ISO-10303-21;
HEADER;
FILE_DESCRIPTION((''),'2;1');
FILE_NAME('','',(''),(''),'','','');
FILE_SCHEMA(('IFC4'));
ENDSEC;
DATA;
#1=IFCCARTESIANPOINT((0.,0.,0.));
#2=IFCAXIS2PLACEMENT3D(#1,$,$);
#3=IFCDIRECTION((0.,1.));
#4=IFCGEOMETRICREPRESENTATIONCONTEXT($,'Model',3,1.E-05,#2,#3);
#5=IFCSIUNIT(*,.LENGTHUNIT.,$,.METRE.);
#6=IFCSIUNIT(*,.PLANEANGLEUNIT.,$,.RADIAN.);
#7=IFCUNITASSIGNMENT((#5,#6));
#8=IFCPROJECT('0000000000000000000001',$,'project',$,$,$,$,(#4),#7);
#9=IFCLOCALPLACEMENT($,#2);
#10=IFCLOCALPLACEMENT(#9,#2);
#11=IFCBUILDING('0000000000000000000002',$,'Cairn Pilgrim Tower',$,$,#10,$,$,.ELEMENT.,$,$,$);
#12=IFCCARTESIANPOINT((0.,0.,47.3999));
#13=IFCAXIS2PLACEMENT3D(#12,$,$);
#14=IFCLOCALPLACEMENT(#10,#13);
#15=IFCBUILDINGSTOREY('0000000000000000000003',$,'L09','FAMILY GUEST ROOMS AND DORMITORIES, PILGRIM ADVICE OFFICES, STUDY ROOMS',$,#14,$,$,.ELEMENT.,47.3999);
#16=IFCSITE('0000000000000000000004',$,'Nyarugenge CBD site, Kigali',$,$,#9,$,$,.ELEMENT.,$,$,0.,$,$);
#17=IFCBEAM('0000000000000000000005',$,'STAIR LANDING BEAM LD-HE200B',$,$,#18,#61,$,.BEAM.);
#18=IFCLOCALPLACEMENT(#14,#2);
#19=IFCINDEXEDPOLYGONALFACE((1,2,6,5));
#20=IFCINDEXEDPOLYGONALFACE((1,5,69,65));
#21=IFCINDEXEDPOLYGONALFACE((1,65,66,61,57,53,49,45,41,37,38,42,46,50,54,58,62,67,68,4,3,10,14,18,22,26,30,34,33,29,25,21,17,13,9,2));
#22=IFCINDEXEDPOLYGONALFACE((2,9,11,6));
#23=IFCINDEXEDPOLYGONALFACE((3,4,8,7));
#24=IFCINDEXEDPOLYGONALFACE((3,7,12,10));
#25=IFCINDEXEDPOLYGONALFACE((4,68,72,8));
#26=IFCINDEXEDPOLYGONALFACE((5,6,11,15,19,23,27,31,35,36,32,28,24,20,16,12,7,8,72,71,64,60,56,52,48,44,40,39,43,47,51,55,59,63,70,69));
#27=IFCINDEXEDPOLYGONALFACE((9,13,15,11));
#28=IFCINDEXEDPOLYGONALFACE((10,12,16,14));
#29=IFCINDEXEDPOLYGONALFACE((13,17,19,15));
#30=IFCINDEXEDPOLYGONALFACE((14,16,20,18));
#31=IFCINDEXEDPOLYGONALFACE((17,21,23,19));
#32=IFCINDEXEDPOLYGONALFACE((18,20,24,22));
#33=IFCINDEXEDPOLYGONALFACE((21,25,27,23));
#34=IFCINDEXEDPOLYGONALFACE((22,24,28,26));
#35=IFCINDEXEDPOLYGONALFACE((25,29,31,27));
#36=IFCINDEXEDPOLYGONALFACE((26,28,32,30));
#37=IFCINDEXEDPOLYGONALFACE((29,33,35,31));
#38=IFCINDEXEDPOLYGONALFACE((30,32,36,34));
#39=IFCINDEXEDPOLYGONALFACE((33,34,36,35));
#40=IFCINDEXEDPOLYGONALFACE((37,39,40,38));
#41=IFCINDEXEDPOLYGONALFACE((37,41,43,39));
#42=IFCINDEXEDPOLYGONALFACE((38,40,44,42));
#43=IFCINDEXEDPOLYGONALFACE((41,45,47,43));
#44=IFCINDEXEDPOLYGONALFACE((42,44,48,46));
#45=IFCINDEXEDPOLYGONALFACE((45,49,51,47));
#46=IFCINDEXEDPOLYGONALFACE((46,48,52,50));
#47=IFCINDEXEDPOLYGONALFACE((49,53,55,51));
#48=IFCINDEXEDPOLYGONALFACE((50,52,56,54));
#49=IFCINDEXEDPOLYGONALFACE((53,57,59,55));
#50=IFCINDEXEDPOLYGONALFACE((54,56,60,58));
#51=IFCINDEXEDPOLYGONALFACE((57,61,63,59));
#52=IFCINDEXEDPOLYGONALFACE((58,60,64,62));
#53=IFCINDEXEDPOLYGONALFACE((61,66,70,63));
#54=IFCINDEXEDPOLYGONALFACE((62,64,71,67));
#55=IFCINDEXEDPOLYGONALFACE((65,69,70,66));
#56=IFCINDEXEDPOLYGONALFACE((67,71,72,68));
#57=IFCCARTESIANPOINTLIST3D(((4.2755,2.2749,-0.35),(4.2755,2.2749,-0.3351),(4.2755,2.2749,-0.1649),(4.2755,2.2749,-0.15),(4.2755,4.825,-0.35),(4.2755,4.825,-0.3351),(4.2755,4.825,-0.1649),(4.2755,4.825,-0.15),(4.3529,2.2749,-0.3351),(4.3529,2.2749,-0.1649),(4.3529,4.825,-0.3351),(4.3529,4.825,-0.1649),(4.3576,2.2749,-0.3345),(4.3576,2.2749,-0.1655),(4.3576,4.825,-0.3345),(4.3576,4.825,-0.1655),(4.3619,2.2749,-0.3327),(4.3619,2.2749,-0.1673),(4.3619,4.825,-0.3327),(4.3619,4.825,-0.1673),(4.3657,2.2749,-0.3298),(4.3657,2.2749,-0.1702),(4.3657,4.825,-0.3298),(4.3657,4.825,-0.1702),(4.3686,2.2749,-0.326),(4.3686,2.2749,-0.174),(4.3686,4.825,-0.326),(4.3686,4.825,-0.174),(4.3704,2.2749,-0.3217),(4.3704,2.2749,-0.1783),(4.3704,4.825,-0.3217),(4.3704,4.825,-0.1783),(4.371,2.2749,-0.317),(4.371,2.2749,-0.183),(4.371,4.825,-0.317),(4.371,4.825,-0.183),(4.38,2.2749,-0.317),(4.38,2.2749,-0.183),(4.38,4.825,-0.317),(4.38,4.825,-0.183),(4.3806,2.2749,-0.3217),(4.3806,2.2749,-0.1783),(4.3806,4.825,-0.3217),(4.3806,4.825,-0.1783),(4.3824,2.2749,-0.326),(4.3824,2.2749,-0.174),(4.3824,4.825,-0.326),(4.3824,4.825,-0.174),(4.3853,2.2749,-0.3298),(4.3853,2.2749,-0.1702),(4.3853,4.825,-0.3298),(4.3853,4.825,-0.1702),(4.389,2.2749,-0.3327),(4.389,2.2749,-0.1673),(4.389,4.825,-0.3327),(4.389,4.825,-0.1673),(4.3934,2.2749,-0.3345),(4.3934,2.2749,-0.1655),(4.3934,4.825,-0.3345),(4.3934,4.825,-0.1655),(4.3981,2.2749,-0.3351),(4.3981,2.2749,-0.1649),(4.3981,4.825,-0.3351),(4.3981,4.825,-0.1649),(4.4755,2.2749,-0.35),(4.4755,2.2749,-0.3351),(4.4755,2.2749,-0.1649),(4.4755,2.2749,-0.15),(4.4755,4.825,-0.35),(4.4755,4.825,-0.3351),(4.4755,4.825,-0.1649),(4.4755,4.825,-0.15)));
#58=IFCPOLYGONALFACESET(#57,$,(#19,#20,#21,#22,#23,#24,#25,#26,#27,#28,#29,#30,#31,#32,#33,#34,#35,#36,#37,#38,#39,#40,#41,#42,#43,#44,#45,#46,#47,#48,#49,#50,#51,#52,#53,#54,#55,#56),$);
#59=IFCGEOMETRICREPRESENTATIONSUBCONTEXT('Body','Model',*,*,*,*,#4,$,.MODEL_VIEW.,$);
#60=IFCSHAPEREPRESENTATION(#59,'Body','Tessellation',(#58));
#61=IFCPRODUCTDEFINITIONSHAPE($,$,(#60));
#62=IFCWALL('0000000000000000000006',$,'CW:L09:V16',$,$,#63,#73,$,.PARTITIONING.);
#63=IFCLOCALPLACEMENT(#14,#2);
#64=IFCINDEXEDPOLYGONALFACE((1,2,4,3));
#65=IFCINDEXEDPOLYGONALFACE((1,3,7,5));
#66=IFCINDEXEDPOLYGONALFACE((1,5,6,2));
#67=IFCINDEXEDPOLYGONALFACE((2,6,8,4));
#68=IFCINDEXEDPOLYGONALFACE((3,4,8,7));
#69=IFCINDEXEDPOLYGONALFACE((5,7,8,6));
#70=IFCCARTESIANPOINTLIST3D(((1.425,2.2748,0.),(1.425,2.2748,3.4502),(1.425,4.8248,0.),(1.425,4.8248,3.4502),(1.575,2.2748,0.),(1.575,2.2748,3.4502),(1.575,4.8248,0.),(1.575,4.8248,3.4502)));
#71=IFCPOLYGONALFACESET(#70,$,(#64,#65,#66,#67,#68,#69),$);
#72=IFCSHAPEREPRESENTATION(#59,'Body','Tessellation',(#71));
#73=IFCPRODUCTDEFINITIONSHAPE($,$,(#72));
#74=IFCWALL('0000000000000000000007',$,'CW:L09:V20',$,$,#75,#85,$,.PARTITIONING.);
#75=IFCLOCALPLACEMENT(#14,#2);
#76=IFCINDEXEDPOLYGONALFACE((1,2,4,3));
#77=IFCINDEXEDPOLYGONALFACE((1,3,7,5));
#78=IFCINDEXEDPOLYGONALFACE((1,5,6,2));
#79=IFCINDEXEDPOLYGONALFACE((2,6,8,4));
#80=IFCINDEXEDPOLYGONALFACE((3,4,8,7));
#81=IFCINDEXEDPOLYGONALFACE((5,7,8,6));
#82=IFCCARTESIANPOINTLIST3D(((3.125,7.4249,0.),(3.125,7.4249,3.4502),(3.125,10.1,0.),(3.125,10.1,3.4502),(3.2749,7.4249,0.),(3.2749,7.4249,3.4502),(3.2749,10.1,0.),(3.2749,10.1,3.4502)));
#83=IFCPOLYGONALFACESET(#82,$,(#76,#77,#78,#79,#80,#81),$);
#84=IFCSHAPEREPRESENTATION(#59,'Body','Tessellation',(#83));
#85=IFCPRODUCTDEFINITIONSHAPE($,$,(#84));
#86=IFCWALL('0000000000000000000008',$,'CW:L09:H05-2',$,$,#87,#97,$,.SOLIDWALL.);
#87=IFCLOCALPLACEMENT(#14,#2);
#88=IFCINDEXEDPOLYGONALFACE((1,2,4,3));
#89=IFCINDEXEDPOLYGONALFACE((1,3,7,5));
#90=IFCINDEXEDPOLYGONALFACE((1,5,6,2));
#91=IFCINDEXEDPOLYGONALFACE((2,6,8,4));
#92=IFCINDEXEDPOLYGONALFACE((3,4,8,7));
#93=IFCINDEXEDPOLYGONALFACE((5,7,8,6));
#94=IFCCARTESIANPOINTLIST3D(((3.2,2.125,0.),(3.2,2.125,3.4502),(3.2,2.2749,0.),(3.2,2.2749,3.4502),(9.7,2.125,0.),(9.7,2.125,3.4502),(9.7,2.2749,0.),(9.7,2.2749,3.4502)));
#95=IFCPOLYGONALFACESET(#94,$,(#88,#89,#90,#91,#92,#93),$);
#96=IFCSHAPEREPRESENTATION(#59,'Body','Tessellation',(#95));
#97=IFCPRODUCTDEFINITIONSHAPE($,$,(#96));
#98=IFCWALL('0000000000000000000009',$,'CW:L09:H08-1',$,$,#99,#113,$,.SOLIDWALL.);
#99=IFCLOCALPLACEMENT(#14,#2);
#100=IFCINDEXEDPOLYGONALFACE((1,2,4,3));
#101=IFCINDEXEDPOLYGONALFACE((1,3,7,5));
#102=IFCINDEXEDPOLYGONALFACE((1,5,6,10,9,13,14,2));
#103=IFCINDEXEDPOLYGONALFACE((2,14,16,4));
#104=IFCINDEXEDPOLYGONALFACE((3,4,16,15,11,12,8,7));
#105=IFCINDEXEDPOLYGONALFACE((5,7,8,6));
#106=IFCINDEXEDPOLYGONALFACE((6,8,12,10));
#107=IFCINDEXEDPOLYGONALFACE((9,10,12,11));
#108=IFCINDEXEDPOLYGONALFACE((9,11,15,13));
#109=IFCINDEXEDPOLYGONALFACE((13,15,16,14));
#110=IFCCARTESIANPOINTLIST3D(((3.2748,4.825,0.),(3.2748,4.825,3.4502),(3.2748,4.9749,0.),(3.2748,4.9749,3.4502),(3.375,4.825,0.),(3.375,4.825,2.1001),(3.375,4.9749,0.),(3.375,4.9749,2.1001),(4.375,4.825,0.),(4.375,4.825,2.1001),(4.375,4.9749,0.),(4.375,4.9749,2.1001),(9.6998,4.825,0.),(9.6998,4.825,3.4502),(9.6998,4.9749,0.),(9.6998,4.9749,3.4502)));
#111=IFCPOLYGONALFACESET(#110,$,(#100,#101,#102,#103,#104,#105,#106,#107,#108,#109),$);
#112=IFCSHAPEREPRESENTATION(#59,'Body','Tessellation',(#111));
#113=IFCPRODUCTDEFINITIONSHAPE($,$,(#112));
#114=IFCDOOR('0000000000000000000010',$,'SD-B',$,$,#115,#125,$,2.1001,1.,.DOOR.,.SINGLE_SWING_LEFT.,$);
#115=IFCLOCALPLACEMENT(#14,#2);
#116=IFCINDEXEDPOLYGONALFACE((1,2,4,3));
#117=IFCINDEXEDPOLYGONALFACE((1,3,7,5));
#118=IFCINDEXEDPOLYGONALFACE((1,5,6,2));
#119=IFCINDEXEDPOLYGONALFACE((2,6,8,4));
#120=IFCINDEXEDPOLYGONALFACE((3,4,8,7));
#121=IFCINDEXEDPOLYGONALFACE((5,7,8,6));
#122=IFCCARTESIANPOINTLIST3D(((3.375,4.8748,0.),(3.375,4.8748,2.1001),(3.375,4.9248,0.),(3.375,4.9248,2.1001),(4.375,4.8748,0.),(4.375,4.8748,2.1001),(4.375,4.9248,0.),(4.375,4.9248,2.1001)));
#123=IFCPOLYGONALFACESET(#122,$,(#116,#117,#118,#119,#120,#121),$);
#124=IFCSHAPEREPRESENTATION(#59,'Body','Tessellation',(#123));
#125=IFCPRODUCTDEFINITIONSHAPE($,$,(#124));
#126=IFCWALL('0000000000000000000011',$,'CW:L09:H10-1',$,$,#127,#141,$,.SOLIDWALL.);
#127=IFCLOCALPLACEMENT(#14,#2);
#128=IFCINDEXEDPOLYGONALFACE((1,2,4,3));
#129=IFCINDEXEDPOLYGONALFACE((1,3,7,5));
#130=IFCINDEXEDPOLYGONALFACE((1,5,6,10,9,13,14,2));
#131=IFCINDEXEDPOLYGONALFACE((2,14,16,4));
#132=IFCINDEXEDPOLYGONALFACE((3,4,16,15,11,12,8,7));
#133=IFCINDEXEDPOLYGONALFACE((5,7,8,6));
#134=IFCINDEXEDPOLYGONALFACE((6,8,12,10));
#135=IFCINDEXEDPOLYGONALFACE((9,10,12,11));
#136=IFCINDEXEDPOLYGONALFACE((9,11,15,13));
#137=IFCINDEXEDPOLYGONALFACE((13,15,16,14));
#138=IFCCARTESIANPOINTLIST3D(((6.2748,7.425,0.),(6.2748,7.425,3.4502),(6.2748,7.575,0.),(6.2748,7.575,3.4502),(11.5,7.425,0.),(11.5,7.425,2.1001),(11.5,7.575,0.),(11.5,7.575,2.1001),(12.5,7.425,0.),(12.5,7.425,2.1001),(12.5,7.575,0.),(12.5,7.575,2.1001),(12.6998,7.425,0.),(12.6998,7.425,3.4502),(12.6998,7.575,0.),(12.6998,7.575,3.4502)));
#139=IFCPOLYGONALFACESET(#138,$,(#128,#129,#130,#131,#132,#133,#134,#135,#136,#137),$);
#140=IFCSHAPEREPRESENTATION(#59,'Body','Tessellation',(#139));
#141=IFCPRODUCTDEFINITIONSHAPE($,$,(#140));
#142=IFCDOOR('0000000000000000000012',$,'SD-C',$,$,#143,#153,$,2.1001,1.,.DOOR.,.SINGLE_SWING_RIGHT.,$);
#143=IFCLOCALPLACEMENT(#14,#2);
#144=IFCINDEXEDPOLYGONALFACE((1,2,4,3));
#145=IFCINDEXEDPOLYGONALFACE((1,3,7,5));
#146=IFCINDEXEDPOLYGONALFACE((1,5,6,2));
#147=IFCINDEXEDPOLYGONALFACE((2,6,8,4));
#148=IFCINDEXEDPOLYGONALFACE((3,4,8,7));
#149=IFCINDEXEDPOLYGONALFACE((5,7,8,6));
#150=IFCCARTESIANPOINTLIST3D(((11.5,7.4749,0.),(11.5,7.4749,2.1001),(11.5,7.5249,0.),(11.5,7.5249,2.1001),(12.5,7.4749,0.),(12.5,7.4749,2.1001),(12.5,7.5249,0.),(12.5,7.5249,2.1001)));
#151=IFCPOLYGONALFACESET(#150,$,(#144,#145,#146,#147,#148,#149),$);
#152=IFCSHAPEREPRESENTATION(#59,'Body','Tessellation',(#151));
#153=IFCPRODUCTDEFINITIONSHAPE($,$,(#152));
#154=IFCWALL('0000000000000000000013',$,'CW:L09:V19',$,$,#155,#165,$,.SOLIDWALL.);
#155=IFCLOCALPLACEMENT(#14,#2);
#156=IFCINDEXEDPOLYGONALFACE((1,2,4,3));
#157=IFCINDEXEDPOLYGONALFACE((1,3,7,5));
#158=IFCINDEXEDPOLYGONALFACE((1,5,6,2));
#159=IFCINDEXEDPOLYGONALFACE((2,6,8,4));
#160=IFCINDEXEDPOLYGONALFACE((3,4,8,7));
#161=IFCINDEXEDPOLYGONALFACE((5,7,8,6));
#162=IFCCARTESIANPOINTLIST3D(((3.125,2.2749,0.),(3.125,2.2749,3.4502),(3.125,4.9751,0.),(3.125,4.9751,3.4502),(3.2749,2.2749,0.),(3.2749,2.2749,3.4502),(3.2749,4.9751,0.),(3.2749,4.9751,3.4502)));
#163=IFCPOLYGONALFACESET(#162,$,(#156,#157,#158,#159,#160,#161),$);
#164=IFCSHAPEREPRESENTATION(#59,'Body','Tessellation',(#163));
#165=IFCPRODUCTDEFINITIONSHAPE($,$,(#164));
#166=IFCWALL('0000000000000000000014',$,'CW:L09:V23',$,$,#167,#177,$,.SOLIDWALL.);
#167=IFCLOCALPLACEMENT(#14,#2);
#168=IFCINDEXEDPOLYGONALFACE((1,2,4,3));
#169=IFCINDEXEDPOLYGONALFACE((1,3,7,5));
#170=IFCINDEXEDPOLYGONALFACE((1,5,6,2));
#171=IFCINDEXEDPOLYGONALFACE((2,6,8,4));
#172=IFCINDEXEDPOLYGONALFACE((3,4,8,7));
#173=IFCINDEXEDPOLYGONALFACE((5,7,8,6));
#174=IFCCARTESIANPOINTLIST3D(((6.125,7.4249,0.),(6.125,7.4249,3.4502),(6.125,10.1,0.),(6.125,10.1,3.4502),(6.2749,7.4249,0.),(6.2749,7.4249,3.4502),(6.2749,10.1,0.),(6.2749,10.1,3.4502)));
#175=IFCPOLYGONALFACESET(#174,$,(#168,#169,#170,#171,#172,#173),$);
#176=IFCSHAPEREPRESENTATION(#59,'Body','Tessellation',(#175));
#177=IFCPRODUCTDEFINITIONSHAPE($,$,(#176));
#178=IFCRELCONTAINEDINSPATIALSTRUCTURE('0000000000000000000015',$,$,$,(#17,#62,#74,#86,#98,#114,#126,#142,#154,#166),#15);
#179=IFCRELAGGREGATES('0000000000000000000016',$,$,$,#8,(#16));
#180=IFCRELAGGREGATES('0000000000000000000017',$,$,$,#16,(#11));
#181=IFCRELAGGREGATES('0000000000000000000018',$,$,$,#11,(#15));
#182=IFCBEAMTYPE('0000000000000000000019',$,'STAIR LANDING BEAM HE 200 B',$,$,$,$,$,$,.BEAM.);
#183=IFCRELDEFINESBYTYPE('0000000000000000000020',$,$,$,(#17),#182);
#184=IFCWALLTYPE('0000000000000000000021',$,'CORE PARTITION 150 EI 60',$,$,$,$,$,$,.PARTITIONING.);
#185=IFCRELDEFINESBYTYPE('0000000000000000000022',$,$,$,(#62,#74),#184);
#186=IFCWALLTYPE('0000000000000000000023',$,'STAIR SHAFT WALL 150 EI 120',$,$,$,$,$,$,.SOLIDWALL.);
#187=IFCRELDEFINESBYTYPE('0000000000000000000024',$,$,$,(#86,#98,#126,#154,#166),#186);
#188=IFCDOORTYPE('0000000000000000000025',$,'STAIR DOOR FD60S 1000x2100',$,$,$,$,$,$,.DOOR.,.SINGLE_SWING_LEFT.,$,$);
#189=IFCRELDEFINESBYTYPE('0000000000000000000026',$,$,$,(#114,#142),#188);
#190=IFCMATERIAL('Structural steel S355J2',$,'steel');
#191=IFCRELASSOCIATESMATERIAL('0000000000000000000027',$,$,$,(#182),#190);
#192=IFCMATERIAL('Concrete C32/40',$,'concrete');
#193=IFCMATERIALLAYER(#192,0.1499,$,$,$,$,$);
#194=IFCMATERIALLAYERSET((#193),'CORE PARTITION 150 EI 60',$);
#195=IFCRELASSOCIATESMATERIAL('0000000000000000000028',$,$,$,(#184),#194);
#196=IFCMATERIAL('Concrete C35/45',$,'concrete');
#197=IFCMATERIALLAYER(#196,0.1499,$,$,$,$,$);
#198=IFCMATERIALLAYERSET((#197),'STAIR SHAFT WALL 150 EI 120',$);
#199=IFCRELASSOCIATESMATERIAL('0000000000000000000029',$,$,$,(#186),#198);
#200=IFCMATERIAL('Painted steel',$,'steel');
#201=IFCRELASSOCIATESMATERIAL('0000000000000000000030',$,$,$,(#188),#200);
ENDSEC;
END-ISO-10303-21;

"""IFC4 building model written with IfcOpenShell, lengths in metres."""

from ifc_helpers import new_model, si_unit, direction, frame, frame_2d, origin, origin_2d, place, context, subcontext, project, spatial, rectangle, i_section, extrude, material, layer, layer_set, material_profile, profile_set, type_object, element, fill, save


model = new_model("IFC4")

# Units and contexts
model_context = context("Model", 3, precision=1e-05, world=origin(), true_north=direction((0.0, 1.0)))
body_context = subcontext(model_context, "Body", "Model", "MODEL_VIEW")
ifc_project = project(units=[si_unit("LENGTHUNIT", "METRE"), si_unit("PLANEANGLEUNIT", "RADIAN")], contexts=[model_context])

# Site, building, storey
site_placement = place(None, origin())
site = spatial("IfcSite", under=ifc_project, at=site_placement, Name="Nyarugenge CBD site, Kigali", CompositionType="ELEMENT", RefElevation=0.0)
building_placement = place(site_placement, origin())
building = spatial("IfcBuilding", under=site, at=building_placement, Name="Cairn Pilgrim Tower", CompositionType="ELEMENT")
storey_placement = place(building_placement, frame((0.0, 0.0, 47.3999)))
storey = spatial("IfcBuildingStorey", under=building, at=storey_placement, Name="L09", Description="FAMILY GUEST ROOMS AND DORMITORIES, PILGRIM ADVICE OFFICES, STUDY ROOMS", CompositionType="ELEMENT", Elevation=47.3999)

# Beam
ifc_material_1 = material(Name="Structural steel S355J2", Category="steel")
ifc_material_profile = material_profile(ifc_material_1, i_section(OverallWidth=0.2, OverallDepth=0.2, WebThickness=0.009, FlangeThickness=0.0149, FilletRadius=0.0181, at=origin_2d()), Name="HE 200 B")
ifc_profile_set = profile_set([ifc_material_profile], Name="Structural steel S355J2")
beam_type = type_object("IfcBeamType", Name="STAIR LANDING BEAM HE 200 B", PredefinedType="BEAM", material=ifc_profile_set)
beam_placement = place(storey_placement, frame((4.3755, 2.2749, -0.25), z_axis=(0.0, 1.0, 0.0), x_axis=(-1.0, 0.0, 0.0)))
element("IfcBeam", 1, at=beam_placement, inside=storey, type_object=beam_type, Name="STAIR LANDING BEAM LD-HE200B", PredefinedType="BEAM", context=body_context, shape_type="SweptSolid", body=[
    extrude(i_section(OverallWidth=0.2, OverallDepth=0.2, WebThickness=0.009, FlangeThickness=0.0149, FilletRadius=0.0181, at=origin_2d()), origin(), (0.0, 0.0, 1.0), 2.55),
])

# Walls
ifc_material_2 = material(Name="Concrete C32/40", Category="concrete")
ifc_layer_1 = layer(ifc_material_2, 0.1499)
ifc_layer_set_1 = layer_set([ifc_layer_1], Name="CORE PARTITION 150 EI 60")
wall_type_1 = type_object("IfcWallType", Name="CORE PARTITION 150 EI 60", PredefinedType="PARTITIONING", material=ifc_layer_set_1)
wall_1_placement = place(storey_placement, frame((1.5, 2.2749, 0.0), z_axis=(0.0, 0.0, 1.0), x_axis=(0.0, 1.0, 0.0)))
element("IfcWall", 2, at=wall_1_placement, inside=storey, type_object=wall_type_1, Name="CW:L09:V16", PredefinedType="PARTITIONING", context=body_context, shape_type="SweptSolid", body=[
    extrude(rectangle(XDim=2.55, YDim=0.1499, at=frame_2d((1.2749, 0.0))), origin(), (0.0, 0.0, 1.0), 3.4502),
])
wall_2_placement = place(storey_placement, frame((3.2, 7.425, 0.0), z_axis=(0.0, 0.0, 1.0), x_axis=(0.0, 1.0, 0.0)))
element("IfcWall", 3, at=wall_2_placement, inside=storey, type_object=wall_type_1, Name="CW:L09:V20", PredefinedType="PARTITIONING", context=body_context, shape_type="SweptSolid", body=[
    extrude(rectangle(XDim=2.675, YDim=0.1499, at=frame_2d((1.3374, 0.0))), origin(), (0.0, 0.0, 1.0), 3.4502),
])
ifc_material_3 = material(Name="Concrete C35/45", Category="concrete")
ifc_layer_2 = layer(ifc_material_3, 0.1499)
ifc_layer_set_2 = layer_set([ifc_layer_2], Name="STAIR SHAFT WALL 150 EI 120")
wall_type_2 = type_object("IfcWallType", Name="STAIR SHAFT WALL 150 EI 120", PredefinedType="SOLIDWALL", material=ifc_layer_set_2)
wall_3_placement = place(storey_placement, frame((3.2, 2.2, 0.0), z_axis=(0.0, 0.0, 1.0), x_axis=(1.0, 0.0, 0.0)))
element("IfcWall", 4, at=wall_3_placement, inside=storey, type_object=wall_type_2, Name="CW:L09:H05-2", PredefinedType="SOLIDWALL", context=body_context, shape_type="SweptSolid", body=[
    extrude(rectangle(XDim=6.5, YDim=0.1499, at=frame_2d((3.25, 0.0))), origin(), (0.0, 0.0, 1.0), 3.4502),
])

# Walls, openings, doors
wall_4_placement = place(storey_placement, frame((3.2749, 4.8999, 0.0), z_axis=(0.0, 0.0, 1.0), x_axis=(1.0, 0.0, 0.0)))
wall_4 = element("IfcWall", 5, at=wall_4_placement, inside=storey, type_object=wall_type_2, Name="CW:L09:H08-1", PredefinedType="SOLIDWALL", context=body_context, shape_type="SweptSolid", body=[
    extrude(rectangle(XDim=6.425, YDim=0.1499, at=frame_2d((3.2124, 0.0))), origin(), (0.0, 0.0, 1.0), 3.4502),
])
opening_1_placement = place(wall_4_placement, frame((0.1001, 0.0, 0.0)))
opening_1 = element("IfcOpeningElement", 6, at=opening_1_placement, cuts=wall_4, PredefinedType="OPENING", context=body_context, shape_type="SweptSolid", body=[
    extrude(rectangle(XDim=1.0, YDim=2.1001, at=frame_2d((0.5, 1.05))), frame((0.0, 0.085, 0.0), z_axis=(0.0, -1.0, 0.0), x_axis=(1.0, 0.0, 0.0)), (0.0, 0.0, 1.0), 0.1699),
])
ifc_material_4 = material(Name="Painted steel", Category="steel")
door_type = type_object("IfcDoorType", Name="STAIR DOOR FD60S 1000x2100", OperationType="SINGLE_SWING_LEFT", PredefinedType="DOOR", material=ifc_material_4)
door_1_placement = place(opening_1_placement, origin())
door_1 = element("IfcDoor", 7, at=door_1_placement, inside=storey, type_object=door_type, Name="SD-B", OperationType="SINGLE_SWING_LEFT", OverallHeight=2.1001, OverallWidth=1.0, PredefinedType="DOOR", context=body_context, shape_type="SweptSolid", body=[
    extrude(rectangle(XDim=1.0, YDim=2.1001, at=frame_2d((0.5, 1.05))), frame((0.0, 0.0249, 0.0), z_axis=(0.0, -1.0, 0.0), x_axis=(1.0, 0.0, 0.0)), (0.0, 0.0, 1.0), 0.05),
])
fill(opening_1, door_1)
wall_5_placement = place(storey_placement, frame((6.2749, 7.5, 0.0), z_axis=(0.0, 0.0, 1.0), x_axis=(1.0, 0.0, 0.0)))
wall_5 = element("IfcWall", 8, at=wall_5_placement, inside=storey, type_object=wall_type_2, Name="CW:L09:H10-1", PredefinedType="SOLIDWALL", context=body_context, shape_type="SweptSolid", body=[
    extrude(rectangle(XDim=6.425, YDim=0.1499, at=frame_2d((3.2124, 0.0))), origin(), (0.0, 0.0, 1.0), 3.4502),
])
opening_2_placement = place(wall_5_placement, frame((5.2251, 0.0, 0.0)))
opening_2 = element("IfcOpeningElement", 9, at=opening_2_placement, cuts=wall_5, PredefinedType="OPENING", context=body_context, shape_type="SweptSolid", body=[
    extrude(rectangle(XDim=1.0, YDim=2.1001, at=frame_2d((0.5, 1.05))), frame((0.0, 0.085, 0.0), z_axis=(0.0, -1.0, 0.0), x_axis=(1.0, 0.0, 0.0)), (0.0, 0.0, 1.0), 0.1699),
])
door_2_placement = place(opening_2_placement, origin())
door_2 = element("IfcDoor", 10, at=door_2_placement, inside=storey, type_object=door_type, Name="SD-C", OperationType="SINGLE_SWING_RIGHT", OverallHeight=2.1001, OverallWidth=1.0, PredefinedType="DOOR", context=body_context, shape_type="SweptSolid", body=[
    extrude(rectangle(XDim=1.0, YDim=2.1001, at=frame_2d((0.5, 1.05))), frame((0.0, 0.0249, 0.0), z_axis=(0.0, -1.0, 0.0), x_axis=(1.0, 0.0, 0.0)), (0.0, 0.0, 1.0), 0.05),
])
fill(opening_2, door_2)

# Walls
wall_6_placement = place(storey_placement, frame((3.2, 2.2749, 0.0), z_axis=(0.0, 0.0, 1.0), x_axis=(0.0, 1.0, 0.0)))
element("IfcWall", 11, at=wall_6_placement, inside=storey, type_object=wall_type_2, Name="CW:L09:V19", PredefinedType="SOLIDWALL", context=body_context, shape_type="SweptSolid", body=[
    extrude(rectangle(XDim=2.7002, YDim=0.1499, at=frame_2d((1.3501, 0.0))), origin(), (0.0, 0.0, 1.0), 3.4502),
])
wall_7_placement = place(storey_placement, frame((6.2, 7.425, 0.0), z_axis=(0.0, 0.0, 1.0), x_axis=(0.0, 1.0, 0.0)))
element("IfcWall", 12, at=wall_7_placement, inside=storey, type_object=wall_type_2, Name="CW:L09:V23", PredefinedType="SOLIDWALL", context=body_context, shape_type="SweptSolid", body=[
    extrude(rectangle(XDim=2.675, YDim=0.1499, at=frame_2d((1.3374, 0.0))), origin(), (0.0, 0.0, 1.0), 3.4502),
])

save(model, "model.ifc")
